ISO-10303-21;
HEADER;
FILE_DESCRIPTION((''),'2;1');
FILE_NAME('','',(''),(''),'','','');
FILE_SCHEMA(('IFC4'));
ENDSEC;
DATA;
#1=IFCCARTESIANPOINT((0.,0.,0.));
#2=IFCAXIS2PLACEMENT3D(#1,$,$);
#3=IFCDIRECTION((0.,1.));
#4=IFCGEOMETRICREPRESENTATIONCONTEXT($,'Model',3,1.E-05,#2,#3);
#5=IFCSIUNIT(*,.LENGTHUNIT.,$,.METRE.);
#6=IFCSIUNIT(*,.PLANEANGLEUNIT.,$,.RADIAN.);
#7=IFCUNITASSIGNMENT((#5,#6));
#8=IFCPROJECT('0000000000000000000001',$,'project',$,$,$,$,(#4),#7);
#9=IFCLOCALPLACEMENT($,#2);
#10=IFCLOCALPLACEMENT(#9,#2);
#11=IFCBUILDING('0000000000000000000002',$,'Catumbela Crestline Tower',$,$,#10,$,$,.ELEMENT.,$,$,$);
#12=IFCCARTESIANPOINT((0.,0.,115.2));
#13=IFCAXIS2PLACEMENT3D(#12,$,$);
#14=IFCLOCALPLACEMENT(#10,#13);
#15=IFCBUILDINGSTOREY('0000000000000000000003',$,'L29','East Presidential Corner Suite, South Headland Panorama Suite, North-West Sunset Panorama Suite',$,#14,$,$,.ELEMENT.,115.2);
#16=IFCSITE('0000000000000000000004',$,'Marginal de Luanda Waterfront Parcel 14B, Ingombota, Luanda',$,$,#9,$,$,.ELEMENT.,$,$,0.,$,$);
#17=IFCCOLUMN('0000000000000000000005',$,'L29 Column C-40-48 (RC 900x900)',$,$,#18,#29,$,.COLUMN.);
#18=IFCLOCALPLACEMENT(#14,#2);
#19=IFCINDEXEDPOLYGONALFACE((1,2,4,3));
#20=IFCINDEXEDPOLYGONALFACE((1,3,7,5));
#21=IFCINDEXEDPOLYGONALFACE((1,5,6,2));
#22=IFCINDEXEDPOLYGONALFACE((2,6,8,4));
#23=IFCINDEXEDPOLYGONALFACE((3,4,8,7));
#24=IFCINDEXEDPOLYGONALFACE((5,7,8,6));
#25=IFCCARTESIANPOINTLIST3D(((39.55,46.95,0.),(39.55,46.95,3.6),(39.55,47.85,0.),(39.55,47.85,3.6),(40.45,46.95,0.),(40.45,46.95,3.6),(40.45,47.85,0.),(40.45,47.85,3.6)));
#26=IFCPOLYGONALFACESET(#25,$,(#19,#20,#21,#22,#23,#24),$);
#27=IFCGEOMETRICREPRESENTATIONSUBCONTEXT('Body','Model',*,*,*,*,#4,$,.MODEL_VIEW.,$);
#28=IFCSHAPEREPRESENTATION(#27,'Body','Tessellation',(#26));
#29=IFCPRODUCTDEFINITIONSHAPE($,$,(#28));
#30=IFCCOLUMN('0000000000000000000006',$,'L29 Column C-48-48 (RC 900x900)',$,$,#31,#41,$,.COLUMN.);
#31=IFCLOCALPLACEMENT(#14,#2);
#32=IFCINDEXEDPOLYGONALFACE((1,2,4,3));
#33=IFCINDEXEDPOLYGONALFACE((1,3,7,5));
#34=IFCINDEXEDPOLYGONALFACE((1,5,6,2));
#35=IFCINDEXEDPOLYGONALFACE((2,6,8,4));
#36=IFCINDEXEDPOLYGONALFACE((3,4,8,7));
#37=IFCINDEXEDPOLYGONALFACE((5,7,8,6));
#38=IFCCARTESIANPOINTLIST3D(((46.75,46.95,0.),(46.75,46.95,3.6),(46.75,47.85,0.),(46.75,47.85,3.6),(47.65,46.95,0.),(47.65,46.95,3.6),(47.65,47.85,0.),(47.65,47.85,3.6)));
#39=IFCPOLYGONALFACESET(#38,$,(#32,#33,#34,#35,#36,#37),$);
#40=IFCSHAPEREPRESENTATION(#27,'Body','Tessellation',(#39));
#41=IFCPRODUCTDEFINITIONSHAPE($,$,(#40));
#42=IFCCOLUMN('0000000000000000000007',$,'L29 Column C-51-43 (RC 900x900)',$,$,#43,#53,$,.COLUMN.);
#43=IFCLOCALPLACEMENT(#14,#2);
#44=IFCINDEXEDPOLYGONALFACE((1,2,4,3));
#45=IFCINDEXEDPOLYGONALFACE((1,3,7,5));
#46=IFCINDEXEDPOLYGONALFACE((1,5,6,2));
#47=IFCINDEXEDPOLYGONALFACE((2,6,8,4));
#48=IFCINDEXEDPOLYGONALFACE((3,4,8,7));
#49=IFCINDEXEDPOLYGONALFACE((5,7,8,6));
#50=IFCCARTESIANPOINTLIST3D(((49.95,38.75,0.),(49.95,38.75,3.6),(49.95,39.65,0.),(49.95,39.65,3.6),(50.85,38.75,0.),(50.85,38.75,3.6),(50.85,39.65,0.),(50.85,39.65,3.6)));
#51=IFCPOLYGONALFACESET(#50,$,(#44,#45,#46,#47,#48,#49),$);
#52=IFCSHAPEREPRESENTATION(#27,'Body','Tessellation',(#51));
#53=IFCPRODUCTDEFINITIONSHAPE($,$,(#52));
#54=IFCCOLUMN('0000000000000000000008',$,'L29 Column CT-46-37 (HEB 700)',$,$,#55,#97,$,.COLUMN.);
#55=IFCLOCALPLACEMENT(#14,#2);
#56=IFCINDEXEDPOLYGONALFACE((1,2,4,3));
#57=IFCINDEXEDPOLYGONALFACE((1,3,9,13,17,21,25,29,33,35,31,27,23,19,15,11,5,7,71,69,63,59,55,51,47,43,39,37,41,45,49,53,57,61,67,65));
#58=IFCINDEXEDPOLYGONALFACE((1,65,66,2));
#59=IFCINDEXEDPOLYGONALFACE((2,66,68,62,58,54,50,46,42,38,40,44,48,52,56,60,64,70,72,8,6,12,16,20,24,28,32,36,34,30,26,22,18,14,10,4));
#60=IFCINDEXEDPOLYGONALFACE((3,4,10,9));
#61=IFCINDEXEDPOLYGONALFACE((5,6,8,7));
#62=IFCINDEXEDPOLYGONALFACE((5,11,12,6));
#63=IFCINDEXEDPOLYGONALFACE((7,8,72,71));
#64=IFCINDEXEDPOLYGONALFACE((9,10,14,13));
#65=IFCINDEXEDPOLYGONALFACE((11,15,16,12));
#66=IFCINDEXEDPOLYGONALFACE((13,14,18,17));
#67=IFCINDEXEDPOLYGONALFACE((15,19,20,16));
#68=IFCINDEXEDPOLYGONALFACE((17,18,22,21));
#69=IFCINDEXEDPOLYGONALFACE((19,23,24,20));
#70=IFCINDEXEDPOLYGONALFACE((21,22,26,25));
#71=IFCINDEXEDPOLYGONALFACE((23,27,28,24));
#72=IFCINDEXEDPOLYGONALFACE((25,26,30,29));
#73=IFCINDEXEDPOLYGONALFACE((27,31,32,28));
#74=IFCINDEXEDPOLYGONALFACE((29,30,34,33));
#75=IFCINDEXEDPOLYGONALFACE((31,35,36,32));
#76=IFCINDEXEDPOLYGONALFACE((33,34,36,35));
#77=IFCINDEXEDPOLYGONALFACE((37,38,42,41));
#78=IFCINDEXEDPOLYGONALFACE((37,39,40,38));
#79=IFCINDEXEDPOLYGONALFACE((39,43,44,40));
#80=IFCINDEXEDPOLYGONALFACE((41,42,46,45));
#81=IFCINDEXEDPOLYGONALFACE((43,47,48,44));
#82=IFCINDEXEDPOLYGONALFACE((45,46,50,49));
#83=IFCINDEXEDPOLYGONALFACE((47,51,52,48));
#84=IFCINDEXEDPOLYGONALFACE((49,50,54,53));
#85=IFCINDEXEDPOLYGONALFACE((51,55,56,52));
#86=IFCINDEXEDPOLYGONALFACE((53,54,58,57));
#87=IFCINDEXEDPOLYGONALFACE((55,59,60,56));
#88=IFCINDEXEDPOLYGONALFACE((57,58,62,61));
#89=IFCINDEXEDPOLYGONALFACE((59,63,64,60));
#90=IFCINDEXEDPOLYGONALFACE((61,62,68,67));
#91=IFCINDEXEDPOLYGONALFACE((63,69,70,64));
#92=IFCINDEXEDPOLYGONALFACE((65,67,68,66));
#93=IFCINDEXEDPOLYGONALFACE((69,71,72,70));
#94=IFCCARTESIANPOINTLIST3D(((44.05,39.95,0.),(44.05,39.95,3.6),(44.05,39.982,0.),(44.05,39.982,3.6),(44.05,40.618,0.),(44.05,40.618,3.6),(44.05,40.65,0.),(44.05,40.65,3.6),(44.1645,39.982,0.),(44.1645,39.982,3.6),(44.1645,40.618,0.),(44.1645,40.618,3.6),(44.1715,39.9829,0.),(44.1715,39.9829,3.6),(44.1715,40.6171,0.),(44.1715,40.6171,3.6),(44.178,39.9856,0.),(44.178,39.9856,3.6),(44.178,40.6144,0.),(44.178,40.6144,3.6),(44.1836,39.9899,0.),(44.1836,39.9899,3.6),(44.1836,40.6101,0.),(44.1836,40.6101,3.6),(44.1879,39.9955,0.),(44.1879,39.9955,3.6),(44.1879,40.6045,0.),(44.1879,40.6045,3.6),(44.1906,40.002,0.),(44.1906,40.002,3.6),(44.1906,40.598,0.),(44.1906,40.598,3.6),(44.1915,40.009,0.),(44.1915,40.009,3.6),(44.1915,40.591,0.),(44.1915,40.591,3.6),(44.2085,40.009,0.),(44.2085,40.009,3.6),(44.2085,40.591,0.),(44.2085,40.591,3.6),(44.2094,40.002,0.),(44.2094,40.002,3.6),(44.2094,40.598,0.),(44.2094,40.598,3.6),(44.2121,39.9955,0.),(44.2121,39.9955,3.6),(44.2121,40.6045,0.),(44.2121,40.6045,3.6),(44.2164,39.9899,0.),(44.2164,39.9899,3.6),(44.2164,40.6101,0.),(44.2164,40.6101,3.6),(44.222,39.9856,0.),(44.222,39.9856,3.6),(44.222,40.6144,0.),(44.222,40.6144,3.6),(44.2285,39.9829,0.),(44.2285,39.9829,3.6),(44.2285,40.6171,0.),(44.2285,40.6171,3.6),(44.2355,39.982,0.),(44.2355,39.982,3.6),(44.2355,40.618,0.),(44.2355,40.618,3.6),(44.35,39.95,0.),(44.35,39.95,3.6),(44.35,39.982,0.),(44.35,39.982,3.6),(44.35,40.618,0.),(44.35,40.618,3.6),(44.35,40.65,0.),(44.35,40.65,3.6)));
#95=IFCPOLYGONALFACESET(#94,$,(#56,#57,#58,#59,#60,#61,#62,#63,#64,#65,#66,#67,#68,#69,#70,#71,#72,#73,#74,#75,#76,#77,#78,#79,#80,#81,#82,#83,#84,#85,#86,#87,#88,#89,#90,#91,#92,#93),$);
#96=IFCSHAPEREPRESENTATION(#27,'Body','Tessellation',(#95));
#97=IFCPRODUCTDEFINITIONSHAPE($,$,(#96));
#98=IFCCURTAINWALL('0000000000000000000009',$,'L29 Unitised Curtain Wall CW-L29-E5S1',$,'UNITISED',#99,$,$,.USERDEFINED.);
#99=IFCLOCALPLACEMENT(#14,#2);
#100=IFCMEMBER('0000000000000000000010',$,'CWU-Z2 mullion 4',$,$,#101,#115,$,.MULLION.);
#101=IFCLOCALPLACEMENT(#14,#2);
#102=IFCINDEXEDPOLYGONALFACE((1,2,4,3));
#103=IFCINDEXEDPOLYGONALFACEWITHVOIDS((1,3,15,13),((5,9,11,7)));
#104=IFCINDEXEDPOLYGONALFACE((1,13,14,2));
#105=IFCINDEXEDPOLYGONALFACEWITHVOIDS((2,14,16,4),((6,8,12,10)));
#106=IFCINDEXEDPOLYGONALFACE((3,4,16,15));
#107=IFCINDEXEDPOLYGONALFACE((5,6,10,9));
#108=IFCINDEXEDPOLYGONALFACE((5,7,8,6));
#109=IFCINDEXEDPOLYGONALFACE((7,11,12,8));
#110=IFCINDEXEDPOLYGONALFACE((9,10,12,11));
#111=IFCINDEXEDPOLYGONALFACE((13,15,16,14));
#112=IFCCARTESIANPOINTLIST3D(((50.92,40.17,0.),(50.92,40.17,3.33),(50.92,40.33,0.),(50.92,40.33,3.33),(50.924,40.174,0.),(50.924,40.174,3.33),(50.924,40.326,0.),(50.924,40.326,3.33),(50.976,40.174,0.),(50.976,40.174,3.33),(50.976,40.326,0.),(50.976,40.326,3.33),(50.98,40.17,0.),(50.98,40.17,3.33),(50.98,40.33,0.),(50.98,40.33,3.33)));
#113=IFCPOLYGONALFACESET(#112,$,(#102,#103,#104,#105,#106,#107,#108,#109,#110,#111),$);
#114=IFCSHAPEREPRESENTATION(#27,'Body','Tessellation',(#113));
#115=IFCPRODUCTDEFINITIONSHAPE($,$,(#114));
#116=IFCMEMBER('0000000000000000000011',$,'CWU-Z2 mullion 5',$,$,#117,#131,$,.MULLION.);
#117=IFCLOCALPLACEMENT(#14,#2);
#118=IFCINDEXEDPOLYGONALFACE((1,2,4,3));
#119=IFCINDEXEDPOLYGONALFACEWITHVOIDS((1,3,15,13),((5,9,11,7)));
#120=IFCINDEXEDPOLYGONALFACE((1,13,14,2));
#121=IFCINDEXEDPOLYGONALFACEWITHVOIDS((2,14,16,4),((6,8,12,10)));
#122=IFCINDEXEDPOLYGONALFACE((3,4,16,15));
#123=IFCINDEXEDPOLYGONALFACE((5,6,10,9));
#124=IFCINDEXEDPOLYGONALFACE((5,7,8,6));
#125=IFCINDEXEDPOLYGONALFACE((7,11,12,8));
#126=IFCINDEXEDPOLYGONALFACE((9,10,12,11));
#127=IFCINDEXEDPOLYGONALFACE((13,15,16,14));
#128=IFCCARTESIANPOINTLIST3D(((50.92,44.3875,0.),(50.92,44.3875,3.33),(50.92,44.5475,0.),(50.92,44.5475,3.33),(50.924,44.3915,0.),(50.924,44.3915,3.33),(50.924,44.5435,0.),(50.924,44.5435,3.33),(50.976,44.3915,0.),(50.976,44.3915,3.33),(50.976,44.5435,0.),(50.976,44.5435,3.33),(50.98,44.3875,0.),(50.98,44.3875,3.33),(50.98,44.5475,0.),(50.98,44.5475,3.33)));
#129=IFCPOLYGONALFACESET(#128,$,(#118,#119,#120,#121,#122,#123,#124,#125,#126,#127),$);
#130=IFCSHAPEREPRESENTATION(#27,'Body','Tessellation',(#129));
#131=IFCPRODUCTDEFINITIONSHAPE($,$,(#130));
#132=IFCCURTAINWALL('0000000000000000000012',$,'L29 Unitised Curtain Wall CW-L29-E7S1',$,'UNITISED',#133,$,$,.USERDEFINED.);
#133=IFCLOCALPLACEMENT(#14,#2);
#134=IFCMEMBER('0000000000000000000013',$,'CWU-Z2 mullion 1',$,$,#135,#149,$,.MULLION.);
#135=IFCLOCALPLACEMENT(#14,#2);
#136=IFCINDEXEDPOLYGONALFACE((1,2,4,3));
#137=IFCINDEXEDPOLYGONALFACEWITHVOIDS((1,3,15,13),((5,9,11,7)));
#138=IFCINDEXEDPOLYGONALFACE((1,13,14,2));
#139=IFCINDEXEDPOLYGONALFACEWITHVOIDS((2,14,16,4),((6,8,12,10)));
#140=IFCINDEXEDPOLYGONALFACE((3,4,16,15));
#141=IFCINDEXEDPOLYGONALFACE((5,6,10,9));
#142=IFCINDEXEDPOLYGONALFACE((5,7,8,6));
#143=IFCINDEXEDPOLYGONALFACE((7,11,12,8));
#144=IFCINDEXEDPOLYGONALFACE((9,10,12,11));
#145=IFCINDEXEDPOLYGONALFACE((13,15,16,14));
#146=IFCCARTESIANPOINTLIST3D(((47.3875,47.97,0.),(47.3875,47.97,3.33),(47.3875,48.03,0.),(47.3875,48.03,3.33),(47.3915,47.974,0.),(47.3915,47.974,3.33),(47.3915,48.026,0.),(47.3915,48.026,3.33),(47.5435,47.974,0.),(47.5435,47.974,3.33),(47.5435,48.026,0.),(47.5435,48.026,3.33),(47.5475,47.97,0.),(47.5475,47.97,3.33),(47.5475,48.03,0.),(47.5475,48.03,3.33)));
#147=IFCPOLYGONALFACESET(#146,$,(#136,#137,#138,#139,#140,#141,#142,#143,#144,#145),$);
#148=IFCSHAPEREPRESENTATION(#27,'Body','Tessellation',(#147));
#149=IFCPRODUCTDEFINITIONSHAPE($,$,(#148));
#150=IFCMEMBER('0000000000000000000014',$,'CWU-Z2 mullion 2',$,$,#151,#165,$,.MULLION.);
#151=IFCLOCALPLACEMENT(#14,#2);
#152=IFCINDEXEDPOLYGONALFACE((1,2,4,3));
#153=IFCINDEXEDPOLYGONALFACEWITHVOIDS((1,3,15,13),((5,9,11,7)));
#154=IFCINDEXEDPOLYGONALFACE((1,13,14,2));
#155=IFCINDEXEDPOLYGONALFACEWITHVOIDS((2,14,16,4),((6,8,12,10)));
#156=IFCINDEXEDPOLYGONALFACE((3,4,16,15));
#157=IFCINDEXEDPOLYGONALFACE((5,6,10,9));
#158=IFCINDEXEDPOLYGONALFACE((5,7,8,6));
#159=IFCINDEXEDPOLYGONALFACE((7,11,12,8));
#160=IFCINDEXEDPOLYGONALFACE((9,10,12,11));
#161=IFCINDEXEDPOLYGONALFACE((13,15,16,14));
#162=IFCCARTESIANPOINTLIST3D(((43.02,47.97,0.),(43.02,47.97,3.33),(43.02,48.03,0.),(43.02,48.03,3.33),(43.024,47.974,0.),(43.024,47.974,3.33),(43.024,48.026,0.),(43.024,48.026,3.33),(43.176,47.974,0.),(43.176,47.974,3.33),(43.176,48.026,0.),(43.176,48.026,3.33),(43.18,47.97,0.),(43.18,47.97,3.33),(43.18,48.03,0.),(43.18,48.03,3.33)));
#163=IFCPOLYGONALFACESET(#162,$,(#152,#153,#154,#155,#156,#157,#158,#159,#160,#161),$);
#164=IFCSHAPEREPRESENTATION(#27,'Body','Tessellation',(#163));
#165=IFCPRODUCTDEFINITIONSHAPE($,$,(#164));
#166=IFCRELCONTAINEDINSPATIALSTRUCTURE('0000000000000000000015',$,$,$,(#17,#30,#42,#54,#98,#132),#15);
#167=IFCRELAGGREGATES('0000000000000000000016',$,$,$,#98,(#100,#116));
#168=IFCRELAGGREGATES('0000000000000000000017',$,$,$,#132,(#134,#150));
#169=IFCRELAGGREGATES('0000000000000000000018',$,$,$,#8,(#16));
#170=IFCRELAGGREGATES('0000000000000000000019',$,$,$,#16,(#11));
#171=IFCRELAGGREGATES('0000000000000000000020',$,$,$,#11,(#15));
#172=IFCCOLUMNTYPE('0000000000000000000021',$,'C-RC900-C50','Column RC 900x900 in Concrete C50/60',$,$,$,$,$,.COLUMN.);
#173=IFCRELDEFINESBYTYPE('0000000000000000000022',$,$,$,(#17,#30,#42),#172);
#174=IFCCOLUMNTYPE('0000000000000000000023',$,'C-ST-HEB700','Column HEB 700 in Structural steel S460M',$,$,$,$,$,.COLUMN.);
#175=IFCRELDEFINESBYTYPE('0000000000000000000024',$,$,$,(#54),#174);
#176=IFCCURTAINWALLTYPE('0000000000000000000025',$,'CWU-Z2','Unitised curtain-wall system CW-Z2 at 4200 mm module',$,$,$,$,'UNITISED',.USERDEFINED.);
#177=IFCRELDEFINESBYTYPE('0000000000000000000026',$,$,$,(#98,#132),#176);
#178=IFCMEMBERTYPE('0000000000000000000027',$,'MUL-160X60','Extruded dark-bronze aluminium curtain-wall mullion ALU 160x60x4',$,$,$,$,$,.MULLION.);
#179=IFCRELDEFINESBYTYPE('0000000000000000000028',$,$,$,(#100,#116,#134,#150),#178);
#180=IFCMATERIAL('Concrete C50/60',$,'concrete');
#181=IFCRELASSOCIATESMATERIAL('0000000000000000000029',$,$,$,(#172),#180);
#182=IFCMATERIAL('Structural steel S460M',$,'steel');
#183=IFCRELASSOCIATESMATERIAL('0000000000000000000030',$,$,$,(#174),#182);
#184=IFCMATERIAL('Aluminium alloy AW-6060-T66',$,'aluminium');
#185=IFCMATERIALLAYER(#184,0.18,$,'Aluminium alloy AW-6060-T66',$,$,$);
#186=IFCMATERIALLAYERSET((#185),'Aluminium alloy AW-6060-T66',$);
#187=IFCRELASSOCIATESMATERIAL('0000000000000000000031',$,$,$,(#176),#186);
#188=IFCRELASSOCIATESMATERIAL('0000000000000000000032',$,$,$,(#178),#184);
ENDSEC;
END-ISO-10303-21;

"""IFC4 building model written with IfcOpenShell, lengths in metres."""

from ifc_helpers import new_model, si_unit, direction, frame, origin, origin_2d, place, context, subcontext, project, spatial, rectangle, hollow_rectangle, i_section, extrude, material, layer, layer_set, material_profile, profile_set, type_object, element, aggregate, save


model = new_model("IFC4")

# Units and contexts
model_context = context("Model", 3, precision=1e-05, world=origin(), true_north=direction((0.0, 1.0)))
body_context = subcontext(model_context, "Body", "Model", "MODEL_VIEW")
ifc_project = project(units=[si_unit("LENGTHUNIT", "METRE"), si_unit("PLANEANGLEUNIT", "RADIAN")], contexts=[model_context])

# Site, building, storey
site_placement = place(None, origin())
site = spatial("IfcSite", under=ifc_project, at=site_placement, Name="Marginal de Luanda Waterfront Parcel 14B, Ingombota, Luanda", CompositionType="ELEMENT", RefElevation=0.0)
building_placement = place(site_placement, origin())
building = spatial("IfcBuilding", under=site, at=building_placement, Name="Catumbela Crestline Tower", CompositionType="ELEMENT")
storey_placement = place(building_placement, frame((0.0, 0.0, 115.2)))
storey = spatial("IfcBuildingStorey", under=building, at=storey_placement, Name="L29", Description="East Presidential Corner Suite, South Headland Panorama Suite, North-West Sunset Panorama Suite", CompositionType="ELEMENT", Elevation=115.2)

# Columns
ifc_material_1 = material(Name="Concrete C50/60", Category="concrete")
ifc_material_profile_1 = material_profile(ifc_material_1, rectangle(XDim=0.9, YDim=0.9, at=origin_2d()), Name="RC 900x900")
ifc_profile_set_1 = profile_set([ifc_material_profile_1], Name="Concrete C50/60")
column_type_1 = type_object("IfcColumnType", Name="C-RC900-C50", Description="Column RC 900x900 in Concrete C50/60", PredefinedType="COLUMN", material=ifc_profile_set_1)
for number, where, z_axis, x_axis, name in (
    (1, (40.0, 47.4, 0.0), (0.0, 0.0, 1.0), (1.0, 0.0, 0.0), "L29 Column C-40-48 (RC 900x900)"),
    (2, (47.2, 47.4, 0.0), (0.0, 0.0, 1.0), (1.0, 0.0, 0.0), "L29 Column C-48-48 (RC 900x900)"),
    (3, (50.4, 39.2, 0.0), (0.0, 0.0, 1.0), (1.0, 0.0, 0.0), "L29 Column C-51-43 (RC 900x900)"),
):
    element("IfcColumn", number, at=place(storey_placement, frame(where, z_axis=z_axis, x_axis=x_axis)), inside=storey, type_object=column_type_1, Name=name, PredefinedType="COLUMN", context=body_context, shape_type="SweptSolid", body=[
        extrude(rectangle(XDim=0.9, YDim=0.9, at=origin_2d()), origin(), (0.0, 0.0, 1.0), 3.6),
    ])
ifc_material_2 = material(Name="Structural steel S460M", Category="steel")
ifc_material_profile_2 = material_profile(ifc_material_2, i_section(OverallWidth=0.3, OverallDepth=0.7, WebThickness=0.017, FlangeThickness=0.032, FilletRadius=0.027, at=origin_2d()), Name="HEB 700")
ifc_profile_set_2 = profile_set([ifc_material_profile_2], Name="Structural steel S460M")
column_type_2 = type_object("IfcColumnType", Name="C-ST-HEB700", Description="Column HEB 700 in Structural steel S460M", PredefinedType="COLUMN", material=ifc_profile_set_2)
column_placement = place(storey_placement, frame((44.2, 40.3, 0.0), z_axis=(0.0, 0.0, 1.0), x_axis=(1.0, 0.0, 0.0)))
element("IfcColumn", 4, at=column_placement, inside=storey, type_object=column_type_2, Name="L29 Column CT-46-37 (HEB 700)", PredefinedType="COLUMN", context=body_context, shape_type="SweptSolid", body=[
    extrude(i_section(OverallWidth=0.3, OverallDepth=0.7, WebThickness=0.017, FlangeThickness=0.032, FilletRadius=0.027, at=origin_2d()), origin(), (0.0, 0.0, 1.0), 3.6),
])

# Curtain walls, members
ifc_material_3 = material(Name="Aluminium alloy AW-6060-T66", Category="aluminium")
ifc_layer_1 = layer(ifc_material_3, 0.18, Name="Aluminium alloy AW-6060-T66")
ifc_layer_set_1 = layer_set([ifc_layer_1], Name="Aluminium alloy AW-6060-T66")
curtain_wall_type = type_object("IfcCurtainWallType", Name="CWU-Z2", Description="Unitised curtain-wall system CW-Z2 at 4200 mm module", ElementType="UNITISED", PredefinedType="USERDEFINED", material=ifc_layer_set_1)
curtain_wall_1_placement = place(storey_placement, origin())
curtain_wall_1 = element("IfcCurtainWall", 5, at=curtain_wall_1_placement, inside=storey, type_object=curtain_wall_type, Name="L29 Unitised Curtain Wall CW-L29-E5S1", ObjectType="UNITISED", PredefinedType="USERDEFINED")
ifc_material_profile_3 = material_profile(ifc_material_3, hollow_rectangle(XDim=0.06, YDim=0.16, WallThickness=0.004, at=origin_2d()), Name="ALU 160x60x4")
ifc_profile_set_3 = profile_set([ifc_material_profile_3], Name="Aluminium alloy AW-6060-T66")
member_type_1 = type_object("IfcMemberType", Name="MUL-160X60", Description="Extruded dark-bronze aluminium curtain-wall mullion ALU 160x60x4", PredefinedType="MULLION", material=ifc_profile_set_3)
member_1_placement = place(storey_placement, frame((50.95, 40.25, 0.0), z_axis=(0.0, 0.0, 1.0), x_axis=(-1.0, 0.0, 0.0)))
member_1 = element("IfcMember", 6, at=member_1_placement, type_object=member_type_1, Name="CWU-Z2 mullion 4", PredefinedType="MULLION", context=body_context, shape_type="SweptSolid", body=[
    extrude(hollow_rectangle(XDim=0.06, YDim=0.16, WallThickness=0.004, at=origin_2d()), origin(), (0.0, 0.0, 1.0), 3.33),
])
member_2_placement = place(storey_placement, frame((50.95, 44.4675, 0.0), z_axis=(0.0, 0.0, 1.0), x_axis=(-1.0, 0.0, 0.0)))
member_2 = element("IfcMember", 7, at=member_2_placement, type_object=member_type_1, Name="CWU-Z2 mullion 5", PredefinedType="MULLION", context=body_context, shape_type="SweptSolid", body=[
    extrude(hollow_rectangle(XDim=0.06, YDim=0.16, WallThickness=0.004, at=origin_2d()), origin(), (0.0, 0.0, 1.0), 3.33),
])
curtain_wall_2_placement = place(storey_placement, origin())
curtain_wall_2 = element("IfcCurtainWall", 8, at=curtain_wall_2_placement, inside=storey, type_object=curtain_wall_type, Name="L29 Unitised Curtain Wall CW-L29-E7S1", ObjectType="UNITISED", PredefinedType="USERDEFINED")
member_3_placement = place(storey_placement, frame((47.4675, 48.0, 0.0), z_axis=(0.0, 0.0, 1.0), x_axis=(0.0, -1.0, 0.0)))
member_3 = element("IfcMember", 9, at=member_3_placement, type_object=member_type_1, Name="CWU-Z2 mullion 1", PredefinedType="MULLION", context=body_context, shape_type="SweptSolid", body=[
    extrude(hollow_rectangle(XDim=0.06, YDim=0.16, WallThickness=0.004, at=origin_2d()), origin(), (0.0, 0.0, 1.0), 3.33),
])
member_4_placement = place(storey_placement, frame((43.1, 48.0, 0.0), z_axis=(0.0, 0.0, 1.0), x_axis=(0.0, -1.0, 0.0)))
member_4 = element("IfcMember", 10, at=member_4_placement, type_object=member_type_1, Name="CWU-Z2 mullion 2", PredefinedType="MULLION", context=body_context, shape_type="SweptSolid", body=[
    extrude(hollow_rectangle(XDim=0.06, YDim=0.16, WallThickness=0.004, at=origin_2d()), origin(), (0.0, 0.0, 1.0), 3.33),
])

aggregate(curtain_wall_1, [member_1, member_2])
aggregate(curtain_wall_2, [member_3, member_4])

save(model, "model.ifc")
